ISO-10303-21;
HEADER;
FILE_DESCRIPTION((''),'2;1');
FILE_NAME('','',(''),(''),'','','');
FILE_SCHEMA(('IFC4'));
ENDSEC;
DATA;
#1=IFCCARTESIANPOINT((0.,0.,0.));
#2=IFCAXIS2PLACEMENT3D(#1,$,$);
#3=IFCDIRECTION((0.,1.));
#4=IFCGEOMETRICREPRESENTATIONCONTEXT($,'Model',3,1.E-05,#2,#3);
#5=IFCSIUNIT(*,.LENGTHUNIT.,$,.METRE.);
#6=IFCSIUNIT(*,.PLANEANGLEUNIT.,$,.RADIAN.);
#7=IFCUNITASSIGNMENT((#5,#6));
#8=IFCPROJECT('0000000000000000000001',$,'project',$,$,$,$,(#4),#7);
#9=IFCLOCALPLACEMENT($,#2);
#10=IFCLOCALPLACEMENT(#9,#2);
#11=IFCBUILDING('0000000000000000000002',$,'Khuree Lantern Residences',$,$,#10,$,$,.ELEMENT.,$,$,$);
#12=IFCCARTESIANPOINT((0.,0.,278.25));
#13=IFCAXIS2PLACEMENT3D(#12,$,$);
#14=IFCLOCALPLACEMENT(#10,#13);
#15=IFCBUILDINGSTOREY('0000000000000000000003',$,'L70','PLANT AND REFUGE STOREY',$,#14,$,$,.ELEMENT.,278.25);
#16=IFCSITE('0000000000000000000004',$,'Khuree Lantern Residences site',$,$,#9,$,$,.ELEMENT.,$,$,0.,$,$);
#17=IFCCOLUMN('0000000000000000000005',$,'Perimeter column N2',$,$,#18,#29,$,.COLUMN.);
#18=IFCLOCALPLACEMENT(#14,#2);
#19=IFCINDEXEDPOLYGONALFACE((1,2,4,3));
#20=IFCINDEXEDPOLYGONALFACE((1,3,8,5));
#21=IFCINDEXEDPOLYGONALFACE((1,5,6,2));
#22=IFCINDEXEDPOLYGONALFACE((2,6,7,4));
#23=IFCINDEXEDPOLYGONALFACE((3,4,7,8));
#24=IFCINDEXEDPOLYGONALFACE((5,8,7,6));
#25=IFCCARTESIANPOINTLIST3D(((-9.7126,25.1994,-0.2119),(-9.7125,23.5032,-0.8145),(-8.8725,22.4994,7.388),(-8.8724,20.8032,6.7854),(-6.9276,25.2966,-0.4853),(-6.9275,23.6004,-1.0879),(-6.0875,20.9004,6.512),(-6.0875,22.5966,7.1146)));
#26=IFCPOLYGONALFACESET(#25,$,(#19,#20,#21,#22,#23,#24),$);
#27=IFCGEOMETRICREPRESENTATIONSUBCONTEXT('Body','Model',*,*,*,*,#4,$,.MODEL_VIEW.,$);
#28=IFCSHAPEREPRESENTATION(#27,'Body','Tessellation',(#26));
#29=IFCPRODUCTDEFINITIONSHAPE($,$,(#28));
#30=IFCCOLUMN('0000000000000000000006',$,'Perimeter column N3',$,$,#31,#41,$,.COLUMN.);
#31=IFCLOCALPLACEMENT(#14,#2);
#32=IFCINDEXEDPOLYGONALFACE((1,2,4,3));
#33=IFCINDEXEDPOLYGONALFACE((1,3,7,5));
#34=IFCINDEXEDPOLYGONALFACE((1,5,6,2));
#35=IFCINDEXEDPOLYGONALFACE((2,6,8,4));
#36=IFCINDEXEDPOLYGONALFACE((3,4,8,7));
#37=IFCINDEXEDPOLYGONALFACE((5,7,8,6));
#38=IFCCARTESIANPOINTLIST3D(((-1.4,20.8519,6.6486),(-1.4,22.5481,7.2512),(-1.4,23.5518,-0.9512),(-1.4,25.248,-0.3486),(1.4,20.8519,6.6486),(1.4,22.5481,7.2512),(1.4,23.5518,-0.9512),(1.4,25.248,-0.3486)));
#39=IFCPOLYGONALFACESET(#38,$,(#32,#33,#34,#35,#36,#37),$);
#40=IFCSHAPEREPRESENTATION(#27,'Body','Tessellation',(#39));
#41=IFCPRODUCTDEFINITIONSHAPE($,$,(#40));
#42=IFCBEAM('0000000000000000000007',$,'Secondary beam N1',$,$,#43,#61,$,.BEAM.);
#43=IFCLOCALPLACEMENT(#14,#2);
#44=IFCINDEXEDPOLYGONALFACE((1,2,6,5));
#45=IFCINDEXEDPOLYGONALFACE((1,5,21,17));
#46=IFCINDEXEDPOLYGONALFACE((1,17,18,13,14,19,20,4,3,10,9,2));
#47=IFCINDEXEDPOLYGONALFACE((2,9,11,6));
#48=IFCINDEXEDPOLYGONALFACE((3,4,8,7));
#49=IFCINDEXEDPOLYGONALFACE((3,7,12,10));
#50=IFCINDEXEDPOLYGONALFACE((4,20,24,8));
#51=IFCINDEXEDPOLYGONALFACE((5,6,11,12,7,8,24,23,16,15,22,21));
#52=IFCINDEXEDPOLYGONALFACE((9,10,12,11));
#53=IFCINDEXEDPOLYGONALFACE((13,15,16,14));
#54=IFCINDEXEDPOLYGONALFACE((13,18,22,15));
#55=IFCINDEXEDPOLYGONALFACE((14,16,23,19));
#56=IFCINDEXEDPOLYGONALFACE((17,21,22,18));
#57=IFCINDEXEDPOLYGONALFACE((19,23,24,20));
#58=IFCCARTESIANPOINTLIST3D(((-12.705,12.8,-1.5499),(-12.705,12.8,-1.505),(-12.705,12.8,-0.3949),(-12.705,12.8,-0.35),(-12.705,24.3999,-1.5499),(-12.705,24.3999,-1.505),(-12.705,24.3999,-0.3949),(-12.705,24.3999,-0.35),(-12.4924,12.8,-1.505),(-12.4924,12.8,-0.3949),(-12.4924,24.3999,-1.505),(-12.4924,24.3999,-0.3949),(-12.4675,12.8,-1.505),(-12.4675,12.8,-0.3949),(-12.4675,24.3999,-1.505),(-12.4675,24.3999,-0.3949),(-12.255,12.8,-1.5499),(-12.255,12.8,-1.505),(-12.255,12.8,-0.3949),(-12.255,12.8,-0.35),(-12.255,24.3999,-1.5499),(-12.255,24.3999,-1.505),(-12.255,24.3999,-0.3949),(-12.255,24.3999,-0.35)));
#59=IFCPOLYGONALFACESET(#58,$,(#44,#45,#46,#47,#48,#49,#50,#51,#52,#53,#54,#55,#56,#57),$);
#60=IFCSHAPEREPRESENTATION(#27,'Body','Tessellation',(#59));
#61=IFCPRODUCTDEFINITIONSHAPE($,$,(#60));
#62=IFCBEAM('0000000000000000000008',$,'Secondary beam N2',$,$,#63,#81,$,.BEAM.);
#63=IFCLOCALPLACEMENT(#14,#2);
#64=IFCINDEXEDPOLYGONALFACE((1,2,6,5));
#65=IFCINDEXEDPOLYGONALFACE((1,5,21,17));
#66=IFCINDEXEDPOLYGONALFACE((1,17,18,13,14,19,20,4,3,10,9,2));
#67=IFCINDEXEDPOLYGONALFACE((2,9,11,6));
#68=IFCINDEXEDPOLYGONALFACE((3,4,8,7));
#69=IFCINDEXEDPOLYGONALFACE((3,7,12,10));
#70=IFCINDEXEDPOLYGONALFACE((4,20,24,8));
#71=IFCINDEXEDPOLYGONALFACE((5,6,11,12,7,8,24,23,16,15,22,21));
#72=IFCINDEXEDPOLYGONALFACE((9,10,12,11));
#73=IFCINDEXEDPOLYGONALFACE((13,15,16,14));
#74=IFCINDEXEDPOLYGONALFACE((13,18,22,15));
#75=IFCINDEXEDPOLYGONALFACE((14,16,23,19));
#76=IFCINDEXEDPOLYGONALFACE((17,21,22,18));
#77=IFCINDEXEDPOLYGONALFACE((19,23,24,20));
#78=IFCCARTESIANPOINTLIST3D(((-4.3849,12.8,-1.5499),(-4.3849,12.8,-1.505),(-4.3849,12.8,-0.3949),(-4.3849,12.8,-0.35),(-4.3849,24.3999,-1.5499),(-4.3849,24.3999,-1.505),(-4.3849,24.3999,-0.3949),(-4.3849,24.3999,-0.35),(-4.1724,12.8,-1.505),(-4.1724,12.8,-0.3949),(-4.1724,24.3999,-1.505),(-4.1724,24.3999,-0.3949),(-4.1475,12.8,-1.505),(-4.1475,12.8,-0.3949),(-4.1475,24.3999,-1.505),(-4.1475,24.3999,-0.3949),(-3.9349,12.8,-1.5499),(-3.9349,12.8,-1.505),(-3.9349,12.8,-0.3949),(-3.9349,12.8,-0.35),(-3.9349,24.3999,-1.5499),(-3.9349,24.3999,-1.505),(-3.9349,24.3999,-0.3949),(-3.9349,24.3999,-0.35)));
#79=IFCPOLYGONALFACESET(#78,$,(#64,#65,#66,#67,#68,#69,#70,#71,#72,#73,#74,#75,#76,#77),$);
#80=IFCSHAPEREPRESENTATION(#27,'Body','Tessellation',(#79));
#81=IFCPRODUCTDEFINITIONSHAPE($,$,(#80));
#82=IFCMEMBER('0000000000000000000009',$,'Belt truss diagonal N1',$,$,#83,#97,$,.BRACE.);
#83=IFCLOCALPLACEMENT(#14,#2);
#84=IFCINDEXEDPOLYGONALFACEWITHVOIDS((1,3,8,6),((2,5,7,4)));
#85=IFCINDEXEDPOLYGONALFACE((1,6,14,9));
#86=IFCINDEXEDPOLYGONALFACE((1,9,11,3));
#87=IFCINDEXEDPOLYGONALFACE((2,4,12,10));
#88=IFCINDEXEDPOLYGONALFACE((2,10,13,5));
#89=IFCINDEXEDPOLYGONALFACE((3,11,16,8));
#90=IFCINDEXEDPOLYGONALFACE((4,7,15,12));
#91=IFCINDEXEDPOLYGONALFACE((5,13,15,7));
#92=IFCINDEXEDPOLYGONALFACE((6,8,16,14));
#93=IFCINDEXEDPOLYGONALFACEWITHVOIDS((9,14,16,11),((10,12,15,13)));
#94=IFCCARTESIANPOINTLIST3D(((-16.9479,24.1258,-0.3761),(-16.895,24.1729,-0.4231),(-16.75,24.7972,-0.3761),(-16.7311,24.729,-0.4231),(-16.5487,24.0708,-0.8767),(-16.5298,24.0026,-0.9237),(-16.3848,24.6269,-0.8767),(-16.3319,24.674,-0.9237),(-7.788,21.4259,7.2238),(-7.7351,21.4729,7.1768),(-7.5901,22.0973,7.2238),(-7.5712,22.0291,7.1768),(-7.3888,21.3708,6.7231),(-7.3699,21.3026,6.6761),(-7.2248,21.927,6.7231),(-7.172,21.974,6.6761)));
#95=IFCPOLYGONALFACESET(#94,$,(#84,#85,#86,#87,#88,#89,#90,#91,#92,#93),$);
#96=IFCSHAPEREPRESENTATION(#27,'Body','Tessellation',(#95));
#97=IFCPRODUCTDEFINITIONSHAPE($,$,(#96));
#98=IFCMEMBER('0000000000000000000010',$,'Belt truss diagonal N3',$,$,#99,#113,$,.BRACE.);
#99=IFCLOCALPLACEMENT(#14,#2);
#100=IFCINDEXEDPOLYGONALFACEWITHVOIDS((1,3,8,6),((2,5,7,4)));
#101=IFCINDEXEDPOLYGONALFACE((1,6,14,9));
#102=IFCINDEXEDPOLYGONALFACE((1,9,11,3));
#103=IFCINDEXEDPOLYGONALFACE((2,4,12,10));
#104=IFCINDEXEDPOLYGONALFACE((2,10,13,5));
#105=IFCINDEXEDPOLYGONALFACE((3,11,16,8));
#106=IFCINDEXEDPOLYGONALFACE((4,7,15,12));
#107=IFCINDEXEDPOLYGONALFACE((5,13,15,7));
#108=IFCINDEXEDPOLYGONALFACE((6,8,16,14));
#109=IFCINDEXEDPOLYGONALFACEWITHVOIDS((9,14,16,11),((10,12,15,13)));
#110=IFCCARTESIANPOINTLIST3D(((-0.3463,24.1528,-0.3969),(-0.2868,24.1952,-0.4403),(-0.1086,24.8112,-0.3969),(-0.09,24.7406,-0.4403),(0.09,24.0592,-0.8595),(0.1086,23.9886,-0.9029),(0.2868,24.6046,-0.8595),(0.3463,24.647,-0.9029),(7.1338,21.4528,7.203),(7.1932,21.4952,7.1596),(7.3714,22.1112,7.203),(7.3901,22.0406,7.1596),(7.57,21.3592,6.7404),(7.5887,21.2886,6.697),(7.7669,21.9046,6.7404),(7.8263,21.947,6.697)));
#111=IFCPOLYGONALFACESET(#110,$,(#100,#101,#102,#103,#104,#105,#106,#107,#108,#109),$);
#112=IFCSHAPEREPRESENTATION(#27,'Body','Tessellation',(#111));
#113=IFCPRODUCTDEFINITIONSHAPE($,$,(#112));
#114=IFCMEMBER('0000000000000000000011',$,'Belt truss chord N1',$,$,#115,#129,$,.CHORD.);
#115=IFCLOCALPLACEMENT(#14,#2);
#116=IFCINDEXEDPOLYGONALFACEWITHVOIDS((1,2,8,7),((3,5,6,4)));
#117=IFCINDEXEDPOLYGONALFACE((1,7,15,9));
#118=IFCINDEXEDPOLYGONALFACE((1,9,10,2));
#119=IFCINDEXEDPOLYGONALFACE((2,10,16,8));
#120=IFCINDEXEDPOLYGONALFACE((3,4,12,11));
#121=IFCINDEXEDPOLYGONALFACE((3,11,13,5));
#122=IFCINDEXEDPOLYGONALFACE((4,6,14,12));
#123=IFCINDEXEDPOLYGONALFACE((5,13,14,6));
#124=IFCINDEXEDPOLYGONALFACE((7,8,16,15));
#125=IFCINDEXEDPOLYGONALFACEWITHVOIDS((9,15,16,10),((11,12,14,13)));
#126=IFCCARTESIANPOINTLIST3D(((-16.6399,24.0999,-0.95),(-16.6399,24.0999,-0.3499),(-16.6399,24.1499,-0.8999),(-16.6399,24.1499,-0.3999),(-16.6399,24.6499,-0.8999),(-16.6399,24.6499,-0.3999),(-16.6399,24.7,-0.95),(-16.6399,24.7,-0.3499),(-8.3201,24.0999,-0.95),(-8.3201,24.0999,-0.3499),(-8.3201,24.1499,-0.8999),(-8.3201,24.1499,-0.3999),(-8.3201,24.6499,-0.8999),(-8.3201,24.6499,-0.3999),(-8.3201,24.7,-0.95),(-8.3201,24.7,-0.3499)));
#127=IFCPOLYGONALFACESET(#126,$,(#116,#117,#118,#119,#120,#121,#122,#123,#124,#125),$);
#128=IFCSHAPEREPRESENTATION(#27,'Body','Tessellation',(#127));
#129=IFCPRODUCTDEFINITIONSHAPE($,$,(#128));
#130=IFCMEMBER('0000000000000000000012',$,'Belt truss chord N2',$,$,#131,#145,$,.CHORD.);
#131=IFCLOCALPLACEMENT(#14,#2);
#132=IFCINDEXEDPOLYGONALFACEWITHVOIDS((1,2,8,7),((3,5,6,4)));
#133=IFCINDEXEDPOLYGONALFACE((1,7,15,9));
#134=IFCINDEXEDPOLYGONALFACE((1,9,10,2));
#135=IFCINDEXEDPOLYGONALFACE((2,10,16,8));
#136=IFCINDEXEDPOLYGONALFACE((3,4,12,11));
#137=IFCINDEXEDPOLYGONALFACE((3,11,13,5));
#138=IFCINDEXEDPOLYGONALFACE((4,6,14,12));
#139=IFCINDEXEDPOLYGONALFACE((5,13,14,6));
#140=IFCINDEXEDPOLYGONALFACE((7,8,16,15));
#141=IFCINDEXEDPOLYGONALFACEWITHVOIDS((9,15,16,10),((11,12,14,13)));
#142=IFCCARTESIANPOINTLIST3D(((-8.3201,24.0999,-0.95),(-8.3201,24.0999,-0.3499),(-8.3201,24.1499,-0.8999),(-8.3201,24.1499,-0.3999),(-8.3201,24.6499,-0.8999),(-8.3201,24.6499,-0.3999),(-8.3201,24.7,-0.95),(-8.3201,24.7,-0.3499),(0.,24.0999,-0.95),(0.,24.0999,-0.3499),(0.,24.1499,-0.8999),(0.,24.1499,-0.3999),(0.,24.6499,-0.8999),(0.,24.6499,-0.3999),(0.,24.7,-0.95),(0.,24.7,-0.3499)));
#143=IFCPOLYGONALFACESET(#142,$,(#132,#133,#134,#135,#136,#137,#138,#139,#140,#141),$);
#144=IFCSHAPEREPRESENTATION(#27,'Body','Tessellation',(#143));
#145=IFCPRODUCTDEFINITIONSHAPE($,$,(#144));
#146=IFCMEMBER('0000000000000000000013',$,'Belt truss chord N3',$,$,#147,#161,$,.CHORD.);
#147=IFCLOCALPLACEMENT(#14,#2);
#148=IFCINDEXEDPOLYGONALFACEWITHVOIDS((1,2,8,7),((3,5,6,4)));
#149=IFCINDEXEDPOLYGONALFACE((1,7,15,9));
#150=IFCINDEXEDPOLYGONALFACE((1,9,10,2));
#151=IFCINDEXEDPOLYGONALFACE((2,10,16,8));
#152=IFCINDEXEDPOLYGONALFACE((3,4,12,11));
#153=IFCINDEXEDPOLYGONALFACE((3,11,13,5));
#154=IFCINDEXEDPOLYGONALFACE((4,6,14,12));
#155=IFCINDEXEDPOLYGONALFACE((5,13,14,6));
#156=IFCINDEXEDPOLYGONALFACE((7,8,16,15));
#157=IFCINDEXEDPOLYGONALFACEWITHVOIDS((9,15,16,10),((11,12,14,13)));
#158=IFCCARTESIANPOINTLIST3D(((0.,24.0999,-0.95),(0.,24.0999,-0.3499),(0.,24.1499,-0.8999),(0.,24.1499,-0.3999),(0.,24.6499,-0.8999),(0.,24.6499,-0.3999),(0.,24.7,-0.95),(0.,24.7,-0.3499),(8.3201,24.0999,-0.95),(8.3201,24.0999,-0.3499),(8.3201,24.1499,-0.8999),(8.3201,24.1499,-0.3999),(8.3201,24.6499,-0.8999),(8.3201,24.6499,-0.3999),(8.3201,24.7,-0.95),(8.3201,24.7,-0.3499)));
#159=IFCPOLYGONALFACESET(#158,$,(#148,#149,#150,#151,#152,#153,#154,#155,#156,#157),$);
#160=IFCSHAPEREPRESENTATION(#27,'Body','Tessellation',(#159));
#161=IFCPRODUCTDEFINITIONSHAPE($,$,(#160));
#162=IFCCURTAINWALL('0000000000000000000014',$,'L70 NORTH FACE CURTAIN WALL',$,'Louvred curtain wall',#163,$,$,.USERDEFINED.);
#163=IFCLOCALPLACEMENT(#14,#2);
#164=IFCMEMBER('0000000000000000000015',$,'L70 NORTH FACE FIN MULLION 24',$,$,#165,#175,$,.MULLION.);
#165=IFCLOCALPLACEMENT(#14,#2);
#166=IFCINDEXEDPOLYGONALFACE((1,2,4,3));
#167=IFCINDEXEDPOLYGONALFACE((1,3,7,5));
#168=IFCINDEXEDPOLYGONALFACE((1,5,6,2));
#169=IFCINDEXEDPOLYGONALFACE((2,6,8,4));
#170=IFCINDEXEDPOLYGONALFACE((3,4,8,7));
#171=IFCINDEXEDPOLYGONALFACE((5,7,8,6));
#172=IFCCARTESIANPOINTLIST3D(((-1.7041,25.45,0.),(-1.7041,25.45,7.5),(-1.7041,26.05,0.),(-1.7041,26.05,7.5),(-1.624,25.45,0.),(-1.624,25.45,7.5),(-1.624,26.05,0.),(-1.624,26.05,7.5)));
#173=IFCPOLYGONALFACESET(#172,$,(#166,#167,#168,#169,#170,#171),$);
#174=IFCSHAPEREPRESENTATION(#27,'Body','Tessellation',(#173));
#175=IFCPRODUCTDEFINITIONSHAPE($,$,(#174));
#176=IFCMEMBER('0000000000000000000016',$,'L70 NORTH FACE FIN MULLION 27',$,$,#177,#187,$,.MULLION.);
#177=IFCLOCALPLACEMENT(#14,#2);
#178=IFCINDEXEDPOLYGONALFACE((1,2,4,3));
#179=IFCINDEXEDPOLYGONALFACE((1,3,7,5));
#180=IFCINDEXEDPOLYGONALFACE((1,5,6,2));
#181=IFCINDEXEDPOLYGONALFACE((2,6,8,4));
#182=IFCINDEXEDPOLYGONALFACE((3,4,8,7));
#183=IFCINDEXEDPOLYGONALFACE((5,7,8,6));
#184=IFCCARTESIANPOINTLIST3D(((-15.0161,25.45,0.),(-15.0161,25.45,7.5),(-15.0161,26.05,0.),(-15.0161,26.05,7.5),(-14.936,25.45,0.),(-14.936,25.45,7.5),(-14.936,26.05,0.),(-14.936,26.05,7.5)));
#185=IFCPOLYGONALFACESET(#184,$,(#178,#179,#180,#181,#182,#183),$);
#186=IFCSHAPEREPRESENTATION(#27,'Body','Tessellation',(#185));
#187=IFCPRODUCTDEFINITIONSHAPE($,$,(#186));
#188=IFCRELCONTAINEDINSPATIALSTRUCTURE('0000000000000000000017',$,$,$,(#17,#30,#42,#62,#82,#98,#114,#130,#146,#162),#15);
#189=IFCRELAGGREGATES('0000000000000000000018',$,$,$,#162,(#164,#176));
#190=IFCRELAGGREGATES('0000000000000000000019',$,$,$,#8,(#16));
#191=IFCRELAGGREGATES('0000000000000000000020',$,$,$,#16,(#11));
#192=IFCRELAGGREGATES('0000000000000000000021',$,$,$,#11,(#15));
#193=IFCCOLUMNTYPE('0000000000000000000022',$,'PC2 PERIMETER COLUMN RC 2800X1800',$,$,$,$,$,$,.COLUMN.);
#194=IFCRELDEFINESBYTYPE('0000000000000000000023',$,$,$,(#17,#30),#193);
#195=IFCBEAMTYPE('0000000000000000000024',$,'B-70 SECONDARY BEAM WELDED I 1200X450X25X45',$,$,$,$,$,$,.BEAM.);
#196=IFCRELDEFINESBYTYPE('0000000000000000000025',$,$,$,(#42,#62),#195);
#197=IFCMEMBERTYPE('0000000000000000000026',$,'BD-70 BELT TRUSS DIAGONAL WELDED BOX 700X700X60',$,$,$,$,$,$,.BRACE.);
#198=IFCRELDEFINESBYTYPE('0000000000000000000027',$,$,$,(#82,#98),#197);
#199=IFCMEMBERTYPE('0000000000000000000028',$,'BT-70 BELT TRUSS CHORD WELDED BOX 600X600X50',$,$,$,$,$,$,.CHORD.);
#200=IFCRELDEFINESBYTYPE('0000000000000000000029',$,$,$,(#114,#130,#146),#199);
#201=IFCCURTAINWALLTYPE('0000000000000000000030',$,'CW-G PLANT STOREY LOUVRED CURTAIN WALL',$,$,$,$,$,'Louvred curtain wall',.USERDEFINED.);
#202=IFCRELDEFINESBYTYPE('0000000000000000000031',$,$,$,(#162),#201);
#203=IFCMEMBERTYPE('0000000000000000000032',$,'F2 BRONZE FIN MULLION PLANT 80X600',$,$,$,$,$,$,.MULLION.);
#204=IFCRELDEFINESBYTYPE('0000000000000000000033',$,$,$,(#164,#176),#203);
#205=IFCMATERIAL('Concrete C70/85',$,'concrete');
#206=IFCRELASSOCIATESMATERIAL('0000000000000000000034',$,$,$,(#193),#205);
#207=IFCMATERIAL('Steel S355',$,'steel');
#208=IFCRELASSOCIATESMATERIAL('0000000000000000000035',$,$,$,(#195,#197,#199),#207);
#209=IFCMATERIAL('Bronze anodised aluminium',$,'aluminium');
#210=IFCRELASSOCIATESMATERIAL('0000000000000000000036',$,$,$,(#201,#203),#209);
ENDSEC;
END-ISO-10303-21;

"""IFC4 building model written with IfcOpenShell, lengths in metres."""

from ifc_helpers import new_model, si_unit, direction, frame, origin, origin_2d, place, context, subcontext, project, spatial, rectangle, hollow_rectangle, i_section, extrude, material, material_profile, profile_set, type_object, element, aggregate, save


model = new_model("IFC4")

# Units and contexts
model_context = context("Model", 3, precision=1e-05, world=origin(), true_north=direction((0.0, 1.0)))
body_context = subcontext(model_context, "Body", "Model", "MODEL_VIEW")
ifc_project = project(units=[si_unit("LENGTHUNIT", "METRE"), si_unit("PLANEANGLEUNIT", "RADIAN")], contexts=[model_context])

# Site, building, storey
site_placement = place(None, origin())
site = spatial("IfcSite", under=ifc_project, at=site_placement, Name="Khuree Lantern Residences site", CompositionType="ELEMENT", RefElevation=0.0)
building_placement = place(site_placement, origin())
building = spatial("IfcBuilding", under=site, at=building_placement, Name="Khuree Lantern Residences", CompositionType="ELEMENT")
storey_placement = place(building_placement, frame((0.0, 0.0, 278.25)))
storey = spatial("IfcBuildingStorey", under=building, at=storey_placement, Name="L70", Description="PLANT AND REFUGE STOREY", CompositionType="ELEMENT", Elevation=278.25)

# Columns
ifc_material_1 = material(Name="Concrete C70/85", Category="concrete")
ifc_material_profile_1 = material_profile(ifc_material_1, rectangle(XDim=2.8, YDim=1.8, at=origin_2d()), Name="RC 2800X1800")
ifc_profile_set_1 = profile_set([ifc_material_profile_1], Name="Concrete C70/85")
column_type = type_object("IfcColumnType", Name="PC2 PERIMETER COLUMN RC 2800X1800", PredefinedType="COLUMN", material=ifc_profile_set_1)
column_1_placement = place(storey_placement, frame((-8.3201, 24.3999, -0.6499), z_axis=(0.103602, -0.332964, 0.937231), x_axis=(0.994619, 0.034713, -0.097613)))
element("IfcColumn", 1, at=column_1_placement, inside=storey, type_object=column_type, Name="Perimeter column N2", PredefinedType="COLUMN", context=body_context, shape_type="SweptSolid", body=[
    extrude(rectangle(XDim=2.8, YDim=1.8, at=origin_2d()), origin(), (0.0, 0.0, 1.0), 8.1089),
])
column_2_placement = place(storey_placement, frame((0.0, 24.3999, -0.6499), z_axis=(0.0, -0.334765, 0.942302), x_axis=(1.0, 0.0, 0.0)))
element("IfcColumn", 2, at=column_2_placement, inside=storey, type_object=column_type, Name="Perimeter column N3", PredefinedType="COLUMN", context=body_context, shape_type="SweptSolid", body=[
    extrude(rectangle(XDim=2.8, YDim=1.8, at=origin_2d()), origin(), (0.0, 0.0, 1.0), 8.0652),
])

# Beams
ifc_material_2 = material(Name="Steel S355", Category="steel")
ifc_material_profile_2 = material_profile(ifc_material_2, i_section(OverallWidth=0.45, OverallDepth=1.2, WebThickness=0.0249, FlangeThickness=0.0449, at=origin_2d()), Name="WELDED I 1200X450X25X45")
ifc_profile_set_2 = profile_set([ifc_material_profile_2], Name="Steel S355")
beam_type_1 = type_object("IfcBeamType", Name="B-70 SECONDARY BEAM WELDED I 1200X450X25X45", PredefinedType="BEAM", material=ifc_profile_set_2)
for number, where, z_axis, x_axis, name in (
    (3, (-12.48, 24.3999, -0.95), (0.0, -1.0, 0.0), (1.0, 0.0, 0.0), "Secondary beam N1"),
    (4, (-4.1599, 24.3999, -0.95), (0.0, -1.0, 0.0), (1.0, 0.0, 0.0), "Secondary beam N2"),
):
    element("IfcBeam", number, at=place(storey_placement, frame(where, z_axis=z_axis, x_axis=x_axis)), inside=storey, type_object=beam_type_1, Name=name, PredefinedType="BEAM", context=body_context, shape_type="SweptSolid", body=[
        extrude(i_section(OverallWidth=0.45, OverallDepth=1.2, WebThickness=0.0249, FlangeThickness=0.0449, at=origin_2d()), origin(), (0.0, 0.0, 1.0), 11.5999),
    ])

# Members
ifc_material_profile_3 = material_profile(ifc_material_2, hollow_rectangle(XDim=0.7, YDim=0.7, WallThickness=0.0601, at=origin_2d()), Name="WELDED BOX 700X700X60")
ifc_profile_set_3 = profile_set([ifc_material_profile_3], Name="Steel S355")
member_type_1 = type_object("IfcMemberType", Name="BD-70 BELT TRUSS DIAGONAL WELDED BOX 700X700X60", PredefinedType="BRACE", material=ifc_profile_set_3)
member_1_placement = place(storey_placement, frame((-16.6399, 24.3999, -0.6499), z_axis=(0.750531, -0.221225, 0.622706), x_axis=(0.282731, 0.959199, 0.0)))
element("IfcMember", 5, at=member_1_placement, inside=storey, type_object=member_type_1, Name="Belt truss diagonal N1", PredefinedType="BRACE", context=body_context, shape_type="SweptSolid", body=[
    extrude(hollow_rectangle(XDim=0.7, YDim=0.7, WallThickness=0.0601, at=origin_2d()), origin(), (0.0, 0.0, 1.0), 12.2046),
])
member_2_placement = place(storey_placement, frame((0.0, 24.3999, -0.6499), z_axis=(0.680005, -0.245453, 0.690903), x_axis=(0.339516, 0.9406, 0.0)))
element("IfcMember", 6, at=member_2_placement, inside=storey, type_object=member_type_1, Name="Belt truss diagonal N3", PredefinedType="BRACE", context=body_context, shape_type="SweptSolid", body=[
    extrude(hollow_rectangle(XDim=0.7, YDim=0.7, WallThickness=0.0601, at=origin_2d()), origin(), (0.0, 0.0, 1.0), 11.0),
])
ifc_material_profile_4 = material_profile(ifc_material_2, hollow_rectangle(XDim=0.6001, YDim=0.6001, WallThickness=0.05, at=origin_2d()), Name="WELDED BOX 600X600X50")
ifc_profile_set_4 = profile_set([ifc_material_profile_4], Name="Steel S355")
member_type_2 = type_object("IfcMemberType", Name="BT-70 BELT TRUSS CHORD WELDED BOX 600X600X50", PredefinedType="CHORD", material=ifc_profile_set_4)
member_3_placement = place(storey_placement, frame((-16.6399, 24.3999, -0.6499), z_axis=(1.0, 0.0, 0.0), x_axis=(0.0, 1.0, 0.0)))
element("IfcMember", 7, at=member_3_placement, inside=storey, type_object=member_type_2, Name="Belt truss chord N1", PredefinedType="CHORD", context=body_context, shape_type="SweptSolid", body=[
    extrude(hollow_rectangle(XDim=0.6001, YDim=0.6001, WallThickness=0.05, at=origin_2d()), origin(), (0.0, 0.0, 1.0), 8.3198),
])
for number, where, z_axis, x_axis, name in (
    (8, (-8.3201, 24.3999, -0.6499), (1.0, 0.0, 0.0), (0.0, 1.0, 0.0), "Belt truss chord N2"),
    (9, (0.0, 24.3999, -0.6499), (1.0, 0.0, 0.0), (0.0, 1.0, 0.0), "Belt truss chord N3"),
):
    element("IfcMember", number, at=place(storey_placement, frame(where, z_axis=z_axis, x_axis=x_axis)), inside=storey, type_object=member_type_2, Name=name, PredefinedType="CHORD", context=body_context, shape_type="SweptSolid", body=[
        extrude(hollow_rectangle(XDim=0.6001, YDim=0.6001, WallThickness=0.05, at=origin_2d()), origin(), (0.0, 0.0, 1.0), 8.3201),
    ])

# Curtain wall, members
ifc_material_3 = material(Name="Bronze anodised aluminium", Category="aluminium")
curtain_wall_type = type_object("IfcCurtainWallType", Name="CW-G PLANT STOREY LOUVRED CURTAIN WALL", ElementType="Louvred curtain wall", PredefinedType="USERDEFINED", material=ifc_material_3)
curtain_wall_placement = place(storey_placement, origin())
curtain_wall = element("IfcCurtainWall", 10, at=curtain_wall_placement, inside=storey, type_object=curtain_wall_type, Name="L70 NORTH FACE CURTAIN WALL", ObjectType="Louvred curtain wall", PredefinedType="USERDEFINED")
ifc_material_profile_5 = material_profile(ifc_material_3, rectangle(XDim=0.0801, YDim=0.6001, at=origin_2d()), Name="F2 80X600")
ifc_profile_set_5 = profile_set([ifc_material_profile_5], Name="Bronze anodised aluminium")
member_type_3 = type_object("IfcMemberType", Name="F2 BRONZE FIN MULLION PLANT 80X600", PredefinedType="MULLION", material=ifc_profile_set_5)
member_4_placement = place(storey_placement, frame((-1.6641, 25.75, 0.0), z_axis=(0.0, 0.0, 1.0), x_axis=(-1.0, 0.0, 0.0)))
member_4 = element("IfcMember", 11, at=member_4_placement, type_object=member_type_3, Name="L70 NORTH FACE FIN MULLION 24", PredefinedType="MULLION", context=body_context, shape_type="SweptSolid", body=[
    extrude(rectangle(XDim=0.0801, YDim=0.6001, at=origin_2d()), origin(), (0.0, 0.0, 1.0), 7.5),
])
member_5_placement = place(storey_placement, frame((-14.9761, 25.75, 0.0), z_axis=(0.0, 0.0, 1.0), x_axis=(-1.0, 0.0, 0.0)))
member_5 = element("IfcMember", 12, at=member_5_placement, type_object=member_type_3, Name="L70 NORTH FACE FIN MULLION 27", PredefinedType="MULLION", context=body_context, shape_type="SweptSolid", body=[
    extrude(rectangle(XDim=0.0801, YDim=0.6001, at=origin_2d()), origin(), (0.0, 0.0, 1.0), 7.5),
])

aggregate(curtain_wall, [member_4, member_5])

save(model, "model.ifc")
